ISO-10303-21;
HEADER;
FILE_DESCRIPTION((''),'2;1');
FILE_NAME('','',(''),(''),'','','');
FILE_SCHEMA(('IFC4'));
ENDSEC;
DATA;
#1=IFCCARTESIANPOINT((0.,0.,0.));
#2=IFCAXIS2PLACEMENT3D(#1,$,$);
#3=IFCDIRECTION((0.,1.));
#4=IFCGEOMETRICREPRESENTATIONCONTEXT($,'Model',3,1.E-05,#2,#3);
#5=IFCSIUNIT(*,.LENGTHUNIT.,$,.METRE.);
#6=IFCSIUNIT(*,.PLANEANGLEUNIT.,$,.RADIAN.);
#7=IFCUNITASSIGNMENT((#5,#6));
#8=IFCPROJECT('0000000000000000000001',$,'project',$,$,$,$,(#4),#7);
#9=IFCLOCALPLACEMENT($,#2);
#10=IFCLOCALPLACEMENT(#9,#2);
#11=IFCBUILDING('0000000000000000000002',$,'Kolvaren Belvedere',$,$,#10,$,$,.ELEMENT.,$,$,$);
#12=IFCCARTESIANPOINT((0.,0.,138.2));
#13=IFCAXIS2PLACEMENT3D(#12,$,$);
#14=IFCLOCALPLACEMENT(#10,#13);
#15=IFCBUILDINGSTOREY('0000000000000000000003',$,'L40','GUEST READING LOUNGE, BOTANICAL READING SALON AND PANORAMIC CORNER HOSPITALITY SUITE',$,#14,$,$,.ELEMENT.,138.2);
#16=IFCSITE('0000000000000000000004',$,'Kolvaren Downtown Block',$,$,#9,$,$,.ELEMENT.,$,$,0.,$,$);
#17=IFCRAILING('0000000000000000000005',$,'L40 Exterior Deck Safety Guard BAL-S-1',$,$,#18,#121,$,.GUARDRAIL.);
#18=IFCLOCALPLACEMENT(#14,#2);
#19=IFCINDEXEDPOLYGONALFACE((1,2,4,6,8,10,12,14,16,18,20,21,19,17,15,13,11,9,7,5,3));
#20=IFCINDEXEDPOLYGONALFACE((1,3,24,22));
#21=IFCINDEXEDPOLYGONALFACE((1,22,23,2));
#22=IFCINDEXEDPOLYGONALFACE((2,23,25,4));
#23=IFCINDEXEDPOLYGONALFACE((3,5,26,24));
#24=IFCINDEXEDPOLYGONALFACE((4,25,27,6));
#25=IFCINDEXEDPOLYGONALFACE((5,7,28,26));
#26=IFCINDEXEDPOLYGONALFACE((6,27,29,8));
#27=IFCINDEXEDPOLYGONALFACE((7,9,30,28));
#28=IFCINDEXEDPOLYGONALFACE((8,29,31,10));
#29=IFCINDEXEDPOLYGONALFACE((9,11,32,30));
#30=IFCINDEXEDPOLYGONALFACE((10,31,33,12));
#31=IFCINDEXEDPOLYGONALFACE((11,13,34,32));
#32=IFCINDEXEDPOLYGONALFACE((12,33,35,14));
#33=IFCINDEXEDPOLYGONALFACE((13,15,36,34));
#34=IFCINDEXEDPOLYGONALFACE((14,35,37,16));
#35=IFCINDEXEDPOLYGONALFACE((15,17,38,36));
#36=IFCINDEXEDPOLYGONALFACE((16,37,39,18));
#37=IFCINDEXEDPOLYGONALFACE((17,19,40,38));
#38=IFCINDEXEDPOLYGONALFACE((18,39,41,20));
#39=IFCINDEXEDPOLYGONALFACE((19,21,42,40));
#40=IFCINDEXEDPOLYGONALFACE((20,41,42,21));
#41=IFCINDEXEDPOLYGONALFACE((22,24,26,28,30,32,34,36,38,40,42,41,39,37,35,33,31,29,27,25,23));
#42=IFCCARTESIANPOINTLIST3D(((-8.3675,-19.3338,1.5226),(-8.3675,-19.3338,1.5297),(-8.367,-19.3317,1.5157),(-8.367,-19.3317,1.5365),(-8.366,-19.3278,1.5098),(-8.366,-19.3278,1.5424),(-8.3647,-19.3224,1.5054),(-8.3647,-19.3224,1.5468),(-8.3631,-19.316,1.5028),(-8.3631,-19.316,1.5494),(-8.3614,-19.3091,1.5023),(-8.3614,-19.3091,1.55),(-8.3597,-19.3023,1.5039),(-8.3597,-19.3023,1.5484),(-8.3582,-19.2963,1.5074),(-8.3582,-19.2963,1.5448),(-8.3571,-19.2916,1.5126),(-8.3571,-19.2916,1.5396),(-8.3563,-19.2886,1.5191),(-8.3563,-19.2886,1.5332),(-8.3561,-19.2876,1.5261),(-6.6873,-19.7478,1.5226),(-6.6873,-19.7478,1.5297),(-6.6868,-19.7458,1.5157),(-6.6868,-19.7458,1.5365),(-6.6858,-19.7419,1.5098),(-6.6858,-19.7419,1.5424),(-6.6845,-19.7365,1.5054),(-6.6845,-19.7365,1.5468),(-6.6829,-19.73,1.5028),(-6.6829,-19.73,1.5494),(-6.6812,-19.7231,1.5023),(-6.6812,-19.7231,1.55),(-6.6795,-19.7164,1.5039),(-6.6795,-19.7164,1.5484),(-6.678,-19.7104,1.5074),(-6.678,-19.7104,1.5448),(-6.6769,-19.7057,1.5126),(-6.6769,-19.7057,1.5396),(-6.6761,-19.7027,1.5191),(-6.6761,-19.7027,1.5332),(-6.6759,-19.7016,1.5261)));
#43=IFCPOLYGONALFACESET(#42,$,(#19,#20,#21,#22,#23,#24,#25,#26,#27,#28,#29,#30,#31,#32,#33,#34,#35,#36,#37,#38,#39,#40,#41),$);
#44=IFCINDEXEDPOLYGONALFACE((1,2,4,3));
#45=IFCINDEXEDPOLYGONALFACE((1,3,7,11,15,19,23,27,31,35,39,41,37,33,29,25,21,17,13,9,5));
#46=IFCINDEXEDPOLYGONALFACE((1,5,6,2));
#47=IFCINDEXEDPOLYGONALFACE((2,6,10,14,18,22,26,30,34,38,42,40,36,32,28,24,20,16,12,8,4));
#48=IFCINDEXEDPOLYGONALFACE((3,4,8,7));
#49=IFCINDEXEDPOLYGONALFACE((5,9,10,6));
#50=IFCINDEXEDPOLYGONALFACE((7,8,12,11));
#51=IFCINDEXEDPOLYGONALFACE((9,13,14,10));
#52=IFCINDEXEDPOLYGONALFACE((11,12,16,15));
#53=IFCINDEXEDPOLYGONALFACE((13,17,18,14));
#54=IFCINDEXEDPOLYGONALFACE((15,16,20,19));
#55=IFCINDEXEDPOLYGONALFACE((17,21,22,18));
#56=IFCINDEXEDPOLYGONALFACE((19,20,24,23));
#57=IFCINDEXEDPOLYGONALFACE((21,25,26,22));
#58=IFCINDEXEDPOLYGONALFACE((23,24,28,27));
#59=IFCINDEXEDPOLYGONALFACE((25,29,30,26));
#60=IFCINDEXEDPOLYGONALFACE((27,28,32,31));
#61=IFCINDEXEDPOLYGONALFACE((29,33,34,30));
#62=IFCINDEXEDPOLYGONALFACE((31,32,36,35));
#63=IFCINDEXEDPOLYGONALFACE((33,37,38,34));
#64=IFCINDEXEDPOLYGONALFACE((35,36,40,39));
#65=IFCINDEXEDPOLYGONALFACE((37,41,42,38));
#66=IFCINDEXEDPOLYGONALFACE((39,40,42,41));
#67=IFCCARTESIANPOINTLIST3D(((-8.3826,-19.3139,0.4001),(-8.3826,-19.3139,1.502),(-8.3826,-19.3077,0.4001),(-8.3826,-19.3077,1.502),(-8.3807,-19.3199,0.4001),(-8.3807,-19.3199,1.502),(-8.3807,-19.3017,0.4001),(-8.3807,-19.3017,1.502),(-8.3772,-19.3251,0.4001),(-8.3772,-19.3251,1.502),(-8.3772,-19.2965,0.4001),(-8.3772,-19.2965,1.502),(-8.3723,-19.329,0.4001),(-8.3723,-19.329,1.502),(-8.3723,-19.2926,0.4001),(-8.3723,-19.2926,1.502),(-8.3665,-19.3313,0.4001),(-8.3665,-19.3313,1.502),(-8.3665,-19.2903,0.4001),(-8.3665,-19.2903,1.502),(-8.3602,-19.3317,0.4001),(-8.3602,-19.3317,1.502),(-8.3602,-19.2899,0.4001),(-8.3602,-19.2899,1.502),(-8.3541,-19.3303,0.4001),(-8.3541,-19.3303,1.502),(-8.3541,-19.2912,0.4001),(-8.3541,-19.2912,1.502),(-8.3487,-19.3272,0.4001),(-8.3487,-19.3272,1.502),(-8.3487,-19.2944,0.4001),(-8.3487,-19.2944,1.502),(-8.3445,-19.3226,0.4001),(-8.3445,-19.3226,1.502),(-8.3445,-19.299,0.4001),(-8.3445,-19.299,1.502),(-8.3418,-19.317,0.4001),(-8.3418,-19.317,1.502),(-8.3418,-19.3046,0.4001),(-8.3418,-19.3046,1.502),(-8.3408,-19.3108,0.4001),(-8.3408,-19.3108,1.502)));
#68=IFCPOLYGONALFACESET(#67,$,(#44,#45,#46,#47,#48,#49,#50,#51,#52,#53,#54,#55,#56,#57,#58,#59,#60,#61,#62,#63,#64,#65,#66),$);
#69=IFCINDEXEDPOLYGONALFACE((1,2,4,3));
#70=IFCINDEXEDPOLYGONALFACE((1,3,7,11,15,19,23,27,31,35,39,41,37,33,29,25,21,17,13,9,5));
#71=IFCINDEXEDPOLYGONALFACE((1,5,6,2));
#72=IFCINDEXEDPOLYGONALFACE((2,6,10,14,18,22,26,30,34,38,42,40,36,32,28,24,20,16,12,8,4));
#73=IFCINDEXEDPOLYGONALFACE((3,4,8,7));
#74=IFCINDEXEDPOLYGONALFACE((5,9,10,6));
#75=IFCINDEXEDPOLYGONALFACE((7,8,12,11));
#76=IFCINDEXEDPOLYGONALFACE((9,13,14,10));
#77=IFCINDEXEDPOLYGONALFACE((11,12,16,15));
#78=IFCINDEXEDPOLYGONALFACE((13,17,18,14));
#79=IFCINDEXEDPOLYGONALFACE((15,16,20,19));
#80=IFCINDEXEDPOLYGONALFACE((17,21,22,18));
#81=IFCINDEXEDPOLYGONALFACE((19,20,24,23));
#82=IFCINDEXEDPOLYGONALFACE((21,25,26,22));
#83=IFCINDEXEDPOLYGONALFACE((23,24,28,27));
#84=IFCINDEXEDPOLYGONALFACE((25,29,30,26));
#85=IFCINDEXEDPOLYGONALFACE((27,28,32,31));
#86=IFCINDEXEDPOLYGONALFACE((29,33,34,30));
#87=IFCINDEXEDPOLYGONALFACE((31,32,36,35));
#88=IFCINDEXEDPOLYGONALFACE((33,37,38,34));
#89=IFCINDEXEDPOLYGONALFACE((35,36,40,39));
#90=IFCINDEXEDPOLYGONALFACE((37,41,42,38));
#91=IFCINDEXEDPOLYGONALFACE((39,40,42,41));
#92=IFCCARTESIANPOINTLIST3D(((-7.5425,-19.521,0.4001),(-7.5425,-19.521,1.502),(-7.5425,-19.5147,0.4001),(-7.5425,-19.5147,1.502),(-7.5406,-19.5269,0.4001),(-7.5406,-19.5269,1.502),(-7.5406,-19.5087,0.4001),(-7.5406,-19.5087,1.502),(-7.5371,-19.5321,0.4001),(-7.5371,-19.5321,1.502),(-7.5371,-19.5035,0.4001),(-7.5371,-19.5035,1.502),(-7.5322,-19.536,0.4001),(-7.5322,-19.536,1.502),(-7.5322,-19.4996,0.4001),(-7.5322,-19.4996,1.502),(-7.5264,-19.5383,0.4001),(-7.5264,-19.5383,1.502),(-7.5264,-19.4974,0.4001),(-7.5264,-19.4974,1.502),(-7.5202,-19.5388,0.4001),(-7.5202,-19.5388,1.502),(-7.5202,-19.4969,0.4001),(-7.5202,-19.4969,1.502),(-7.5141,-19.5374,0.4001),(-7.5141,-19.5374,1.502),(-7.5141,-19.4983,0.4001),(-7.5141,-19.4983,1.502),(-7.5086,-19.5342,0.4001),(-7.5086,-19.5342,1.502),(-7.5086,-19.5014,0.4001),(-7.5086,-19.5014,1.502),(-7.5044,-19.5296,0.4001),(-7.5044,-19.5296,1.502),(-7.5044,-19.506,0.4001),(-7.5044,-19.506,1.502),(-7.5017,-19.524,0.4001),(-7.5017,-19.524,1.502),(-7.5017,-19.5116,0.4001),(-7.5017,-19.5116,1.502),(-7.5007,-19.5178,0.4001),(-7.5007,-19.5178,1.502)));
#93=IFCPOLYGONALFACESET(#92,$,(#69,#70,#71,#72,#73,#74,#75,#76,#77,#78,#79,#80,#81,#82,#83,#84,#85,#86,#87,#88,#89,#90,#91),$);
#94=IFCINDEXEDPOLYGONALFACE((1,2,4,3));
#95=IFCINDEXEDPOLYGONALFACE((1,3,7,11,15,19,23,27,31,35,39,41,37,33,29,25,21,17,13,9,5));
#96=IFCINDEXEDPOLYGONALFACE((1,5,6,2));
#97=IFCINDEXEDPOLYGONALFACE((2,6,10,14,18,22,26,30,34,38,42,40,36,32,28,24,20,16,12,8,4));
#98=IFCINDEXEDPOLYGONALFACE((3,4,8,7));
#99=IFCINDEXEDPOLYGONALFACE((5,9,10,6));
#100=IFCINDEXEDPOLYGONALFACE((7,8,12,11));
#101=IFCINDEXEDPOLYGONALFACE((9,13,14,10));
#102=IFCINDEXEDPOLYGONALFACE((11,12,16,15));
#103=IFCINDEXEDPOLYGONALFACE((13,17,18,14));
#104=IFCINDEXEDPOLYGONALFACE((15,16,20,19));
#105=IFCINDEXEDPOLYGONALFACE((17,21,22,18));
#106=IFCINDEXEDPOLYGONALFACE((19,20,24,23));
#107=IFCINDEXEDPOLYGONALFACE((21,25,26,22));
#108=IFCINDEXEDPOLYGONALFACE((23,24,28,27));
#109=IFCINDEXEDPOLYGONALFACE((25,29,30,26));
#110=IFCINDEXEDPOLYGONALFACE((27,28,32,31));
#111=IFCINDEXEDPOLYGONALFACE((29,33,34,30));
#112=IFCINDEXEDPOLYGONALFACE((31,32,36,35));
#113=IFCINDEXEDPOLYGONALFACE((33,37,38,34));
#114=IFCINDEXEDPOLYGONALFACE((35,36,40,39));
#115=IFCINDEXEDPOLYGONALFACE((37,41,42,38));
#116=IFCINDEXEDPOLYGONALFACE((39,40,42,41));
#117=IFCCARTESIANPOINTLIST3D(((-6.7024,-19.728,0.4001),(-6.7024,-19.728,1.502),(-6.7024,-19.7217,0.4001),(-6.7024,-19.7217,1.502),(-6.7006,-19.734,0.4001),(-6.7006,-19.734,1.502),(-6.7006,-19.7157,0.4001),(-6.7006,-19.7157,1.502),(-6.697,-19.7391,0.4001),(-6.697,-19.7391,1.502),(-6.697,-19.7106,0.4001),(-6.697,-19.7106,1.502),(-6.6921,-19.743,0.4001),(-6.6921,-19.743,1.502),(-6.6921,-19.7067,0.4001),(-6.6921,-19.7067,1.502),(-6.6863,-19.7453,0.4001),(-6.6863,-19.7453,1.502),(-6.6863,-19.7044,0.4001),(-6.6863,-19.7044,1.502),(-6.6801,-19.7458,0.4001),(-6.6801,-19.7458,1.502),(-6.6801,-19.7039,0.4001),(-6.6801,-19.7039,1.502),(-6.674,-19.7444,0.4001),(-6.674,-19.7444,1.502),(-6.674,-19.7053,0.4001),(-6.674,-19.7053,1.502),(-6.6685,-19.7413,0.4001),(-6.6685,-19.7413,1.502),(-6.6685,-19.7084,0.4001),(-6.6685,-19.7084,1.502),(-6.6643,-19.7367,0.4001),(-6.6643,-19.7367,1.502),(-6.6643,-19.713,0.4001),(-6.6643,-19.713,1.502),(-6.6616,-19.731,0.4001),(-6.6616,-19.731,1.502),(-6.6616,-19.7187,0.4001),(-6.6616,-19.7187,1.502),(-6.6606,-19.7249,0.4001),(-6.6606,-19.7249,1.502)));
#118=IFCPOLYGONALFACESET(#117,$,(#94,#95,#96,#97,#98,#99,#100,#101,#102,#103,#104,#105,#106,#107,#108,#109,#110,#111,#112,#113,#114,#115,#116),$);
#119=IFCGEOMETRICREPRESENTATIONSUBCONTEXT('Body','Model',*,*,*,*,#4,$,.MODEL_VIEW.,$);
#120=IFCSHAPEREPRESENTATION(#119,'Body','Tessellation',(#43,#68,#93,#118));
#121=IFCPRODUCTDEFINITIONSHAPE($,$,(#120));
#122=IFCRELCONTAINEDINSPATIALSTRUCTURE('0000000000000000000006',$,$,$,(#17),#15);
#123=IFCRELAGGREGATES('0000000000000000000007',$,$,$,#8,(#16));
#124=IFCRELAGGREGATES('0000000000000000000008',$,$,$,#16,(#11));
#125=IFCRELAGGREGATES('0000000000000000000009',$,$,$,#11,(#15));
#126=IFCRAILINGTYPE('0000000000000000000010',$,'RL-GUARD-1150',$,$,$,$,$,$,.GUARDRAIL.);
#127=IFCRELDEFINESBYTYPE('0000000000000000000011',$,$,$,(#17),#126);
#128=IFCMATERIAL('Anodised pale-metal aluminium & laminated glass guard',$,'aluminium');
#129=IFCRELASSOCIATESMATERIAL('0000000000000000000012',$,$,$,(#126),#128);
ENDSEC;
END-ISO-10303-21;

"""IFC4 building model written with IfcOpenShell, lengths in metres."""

from ifc_helpers import new_model, si_unit, direction, frame, origin, origin_2d, place, context, subcontext, project, spatial, circle, extrude, material, type_object, element, save


model = new_model("IFC4")

# Units and contexts
model_context = context("Model", 3, precision=1e-05, world=origin(), true_north=direction((0.0, 1.0)))
body_context = subcontext(model_context, "Body", "Model", "MODEL_VIEW")
ifc_project = project(units=[si_unit("LENGTHUNIT", "METRE"), si_unit("PLANEANGLEUNIT", "RADIAN")], contexts=[model_context])

# Site, building, storey
site_placement = place(None, origin())
site = spatial("IfcSite", under=ifc_project, at=site_placement, Name="Kolvaren Downtown Block", CompositionType="ELEMENT", RefElevation=0.0)
building_placement = place(site_placement, origin())
building = spatial("IfcBuilding", under=site, at=building_placement, Name="Kolvaren Belvedere", CompositionType="ELEMENT")
storey_placement = place(building_placement, frame((0.0, 0.0, 138.2)))
storey = spatial("IfcBuildingStorey", under=building, at=storey_placement, Name="L40", Description="GUEST READING LOUNGE, BOTANICAL READING SALON AND PANORAMIC CORNER HOSPITALITY SUITE", CompositionType="ELEMENT", Elevation=138.2)

# Railing
ifc_material_1 = material(Name="Anodised pale-metal aluminium & laminated glass guard", Category="aluminium")
railing_type = type_object("IfcRailingType", Name="RL-GUARD-1150", PredefinedType="GUARDRAIL", material=ifc_material_1)
railing_1_placement = place(storey_placement, frame((-8.3618, -19.3108, 0.4001)))
element("IfcRailing", 1, at=railing_1_placement, inside=storey, type_object=railing_type, Name="L40 Exterior Deck Safety Guard BAL-S-1", PredefinedType="GUARDRAIL", context=body_context, shape_type="SweptSolid", body=[
    extrude(circle(Radius=0.0239, at=origin_2d()), frame((0.0, 0.0, 1.126), z_axis=(0.97095, -0.239281, 0.0), x_axis=(0.239281, 0.97095, 0.0)), (0.0, 0.0, 1.0), 1.7305),
    extrude(circle(Radius=0.021, at=origin_2d()), origin(), (0.0, 0.0, 1.0), 1.1018),
    extrude(circle(Radius=0.021, at=origin_2d()), frame((0.8401, -0.207, 0.0)), (0.0, 0.0, 1.0), 1.1018),
    extrude(circle(Radius=0.021, at=origin_2d()), frame((1.6802, -0.4141, 0.0)), (0.0, 0.0, 1.0), 1.1018),
])

save(model, "model.ifc")
